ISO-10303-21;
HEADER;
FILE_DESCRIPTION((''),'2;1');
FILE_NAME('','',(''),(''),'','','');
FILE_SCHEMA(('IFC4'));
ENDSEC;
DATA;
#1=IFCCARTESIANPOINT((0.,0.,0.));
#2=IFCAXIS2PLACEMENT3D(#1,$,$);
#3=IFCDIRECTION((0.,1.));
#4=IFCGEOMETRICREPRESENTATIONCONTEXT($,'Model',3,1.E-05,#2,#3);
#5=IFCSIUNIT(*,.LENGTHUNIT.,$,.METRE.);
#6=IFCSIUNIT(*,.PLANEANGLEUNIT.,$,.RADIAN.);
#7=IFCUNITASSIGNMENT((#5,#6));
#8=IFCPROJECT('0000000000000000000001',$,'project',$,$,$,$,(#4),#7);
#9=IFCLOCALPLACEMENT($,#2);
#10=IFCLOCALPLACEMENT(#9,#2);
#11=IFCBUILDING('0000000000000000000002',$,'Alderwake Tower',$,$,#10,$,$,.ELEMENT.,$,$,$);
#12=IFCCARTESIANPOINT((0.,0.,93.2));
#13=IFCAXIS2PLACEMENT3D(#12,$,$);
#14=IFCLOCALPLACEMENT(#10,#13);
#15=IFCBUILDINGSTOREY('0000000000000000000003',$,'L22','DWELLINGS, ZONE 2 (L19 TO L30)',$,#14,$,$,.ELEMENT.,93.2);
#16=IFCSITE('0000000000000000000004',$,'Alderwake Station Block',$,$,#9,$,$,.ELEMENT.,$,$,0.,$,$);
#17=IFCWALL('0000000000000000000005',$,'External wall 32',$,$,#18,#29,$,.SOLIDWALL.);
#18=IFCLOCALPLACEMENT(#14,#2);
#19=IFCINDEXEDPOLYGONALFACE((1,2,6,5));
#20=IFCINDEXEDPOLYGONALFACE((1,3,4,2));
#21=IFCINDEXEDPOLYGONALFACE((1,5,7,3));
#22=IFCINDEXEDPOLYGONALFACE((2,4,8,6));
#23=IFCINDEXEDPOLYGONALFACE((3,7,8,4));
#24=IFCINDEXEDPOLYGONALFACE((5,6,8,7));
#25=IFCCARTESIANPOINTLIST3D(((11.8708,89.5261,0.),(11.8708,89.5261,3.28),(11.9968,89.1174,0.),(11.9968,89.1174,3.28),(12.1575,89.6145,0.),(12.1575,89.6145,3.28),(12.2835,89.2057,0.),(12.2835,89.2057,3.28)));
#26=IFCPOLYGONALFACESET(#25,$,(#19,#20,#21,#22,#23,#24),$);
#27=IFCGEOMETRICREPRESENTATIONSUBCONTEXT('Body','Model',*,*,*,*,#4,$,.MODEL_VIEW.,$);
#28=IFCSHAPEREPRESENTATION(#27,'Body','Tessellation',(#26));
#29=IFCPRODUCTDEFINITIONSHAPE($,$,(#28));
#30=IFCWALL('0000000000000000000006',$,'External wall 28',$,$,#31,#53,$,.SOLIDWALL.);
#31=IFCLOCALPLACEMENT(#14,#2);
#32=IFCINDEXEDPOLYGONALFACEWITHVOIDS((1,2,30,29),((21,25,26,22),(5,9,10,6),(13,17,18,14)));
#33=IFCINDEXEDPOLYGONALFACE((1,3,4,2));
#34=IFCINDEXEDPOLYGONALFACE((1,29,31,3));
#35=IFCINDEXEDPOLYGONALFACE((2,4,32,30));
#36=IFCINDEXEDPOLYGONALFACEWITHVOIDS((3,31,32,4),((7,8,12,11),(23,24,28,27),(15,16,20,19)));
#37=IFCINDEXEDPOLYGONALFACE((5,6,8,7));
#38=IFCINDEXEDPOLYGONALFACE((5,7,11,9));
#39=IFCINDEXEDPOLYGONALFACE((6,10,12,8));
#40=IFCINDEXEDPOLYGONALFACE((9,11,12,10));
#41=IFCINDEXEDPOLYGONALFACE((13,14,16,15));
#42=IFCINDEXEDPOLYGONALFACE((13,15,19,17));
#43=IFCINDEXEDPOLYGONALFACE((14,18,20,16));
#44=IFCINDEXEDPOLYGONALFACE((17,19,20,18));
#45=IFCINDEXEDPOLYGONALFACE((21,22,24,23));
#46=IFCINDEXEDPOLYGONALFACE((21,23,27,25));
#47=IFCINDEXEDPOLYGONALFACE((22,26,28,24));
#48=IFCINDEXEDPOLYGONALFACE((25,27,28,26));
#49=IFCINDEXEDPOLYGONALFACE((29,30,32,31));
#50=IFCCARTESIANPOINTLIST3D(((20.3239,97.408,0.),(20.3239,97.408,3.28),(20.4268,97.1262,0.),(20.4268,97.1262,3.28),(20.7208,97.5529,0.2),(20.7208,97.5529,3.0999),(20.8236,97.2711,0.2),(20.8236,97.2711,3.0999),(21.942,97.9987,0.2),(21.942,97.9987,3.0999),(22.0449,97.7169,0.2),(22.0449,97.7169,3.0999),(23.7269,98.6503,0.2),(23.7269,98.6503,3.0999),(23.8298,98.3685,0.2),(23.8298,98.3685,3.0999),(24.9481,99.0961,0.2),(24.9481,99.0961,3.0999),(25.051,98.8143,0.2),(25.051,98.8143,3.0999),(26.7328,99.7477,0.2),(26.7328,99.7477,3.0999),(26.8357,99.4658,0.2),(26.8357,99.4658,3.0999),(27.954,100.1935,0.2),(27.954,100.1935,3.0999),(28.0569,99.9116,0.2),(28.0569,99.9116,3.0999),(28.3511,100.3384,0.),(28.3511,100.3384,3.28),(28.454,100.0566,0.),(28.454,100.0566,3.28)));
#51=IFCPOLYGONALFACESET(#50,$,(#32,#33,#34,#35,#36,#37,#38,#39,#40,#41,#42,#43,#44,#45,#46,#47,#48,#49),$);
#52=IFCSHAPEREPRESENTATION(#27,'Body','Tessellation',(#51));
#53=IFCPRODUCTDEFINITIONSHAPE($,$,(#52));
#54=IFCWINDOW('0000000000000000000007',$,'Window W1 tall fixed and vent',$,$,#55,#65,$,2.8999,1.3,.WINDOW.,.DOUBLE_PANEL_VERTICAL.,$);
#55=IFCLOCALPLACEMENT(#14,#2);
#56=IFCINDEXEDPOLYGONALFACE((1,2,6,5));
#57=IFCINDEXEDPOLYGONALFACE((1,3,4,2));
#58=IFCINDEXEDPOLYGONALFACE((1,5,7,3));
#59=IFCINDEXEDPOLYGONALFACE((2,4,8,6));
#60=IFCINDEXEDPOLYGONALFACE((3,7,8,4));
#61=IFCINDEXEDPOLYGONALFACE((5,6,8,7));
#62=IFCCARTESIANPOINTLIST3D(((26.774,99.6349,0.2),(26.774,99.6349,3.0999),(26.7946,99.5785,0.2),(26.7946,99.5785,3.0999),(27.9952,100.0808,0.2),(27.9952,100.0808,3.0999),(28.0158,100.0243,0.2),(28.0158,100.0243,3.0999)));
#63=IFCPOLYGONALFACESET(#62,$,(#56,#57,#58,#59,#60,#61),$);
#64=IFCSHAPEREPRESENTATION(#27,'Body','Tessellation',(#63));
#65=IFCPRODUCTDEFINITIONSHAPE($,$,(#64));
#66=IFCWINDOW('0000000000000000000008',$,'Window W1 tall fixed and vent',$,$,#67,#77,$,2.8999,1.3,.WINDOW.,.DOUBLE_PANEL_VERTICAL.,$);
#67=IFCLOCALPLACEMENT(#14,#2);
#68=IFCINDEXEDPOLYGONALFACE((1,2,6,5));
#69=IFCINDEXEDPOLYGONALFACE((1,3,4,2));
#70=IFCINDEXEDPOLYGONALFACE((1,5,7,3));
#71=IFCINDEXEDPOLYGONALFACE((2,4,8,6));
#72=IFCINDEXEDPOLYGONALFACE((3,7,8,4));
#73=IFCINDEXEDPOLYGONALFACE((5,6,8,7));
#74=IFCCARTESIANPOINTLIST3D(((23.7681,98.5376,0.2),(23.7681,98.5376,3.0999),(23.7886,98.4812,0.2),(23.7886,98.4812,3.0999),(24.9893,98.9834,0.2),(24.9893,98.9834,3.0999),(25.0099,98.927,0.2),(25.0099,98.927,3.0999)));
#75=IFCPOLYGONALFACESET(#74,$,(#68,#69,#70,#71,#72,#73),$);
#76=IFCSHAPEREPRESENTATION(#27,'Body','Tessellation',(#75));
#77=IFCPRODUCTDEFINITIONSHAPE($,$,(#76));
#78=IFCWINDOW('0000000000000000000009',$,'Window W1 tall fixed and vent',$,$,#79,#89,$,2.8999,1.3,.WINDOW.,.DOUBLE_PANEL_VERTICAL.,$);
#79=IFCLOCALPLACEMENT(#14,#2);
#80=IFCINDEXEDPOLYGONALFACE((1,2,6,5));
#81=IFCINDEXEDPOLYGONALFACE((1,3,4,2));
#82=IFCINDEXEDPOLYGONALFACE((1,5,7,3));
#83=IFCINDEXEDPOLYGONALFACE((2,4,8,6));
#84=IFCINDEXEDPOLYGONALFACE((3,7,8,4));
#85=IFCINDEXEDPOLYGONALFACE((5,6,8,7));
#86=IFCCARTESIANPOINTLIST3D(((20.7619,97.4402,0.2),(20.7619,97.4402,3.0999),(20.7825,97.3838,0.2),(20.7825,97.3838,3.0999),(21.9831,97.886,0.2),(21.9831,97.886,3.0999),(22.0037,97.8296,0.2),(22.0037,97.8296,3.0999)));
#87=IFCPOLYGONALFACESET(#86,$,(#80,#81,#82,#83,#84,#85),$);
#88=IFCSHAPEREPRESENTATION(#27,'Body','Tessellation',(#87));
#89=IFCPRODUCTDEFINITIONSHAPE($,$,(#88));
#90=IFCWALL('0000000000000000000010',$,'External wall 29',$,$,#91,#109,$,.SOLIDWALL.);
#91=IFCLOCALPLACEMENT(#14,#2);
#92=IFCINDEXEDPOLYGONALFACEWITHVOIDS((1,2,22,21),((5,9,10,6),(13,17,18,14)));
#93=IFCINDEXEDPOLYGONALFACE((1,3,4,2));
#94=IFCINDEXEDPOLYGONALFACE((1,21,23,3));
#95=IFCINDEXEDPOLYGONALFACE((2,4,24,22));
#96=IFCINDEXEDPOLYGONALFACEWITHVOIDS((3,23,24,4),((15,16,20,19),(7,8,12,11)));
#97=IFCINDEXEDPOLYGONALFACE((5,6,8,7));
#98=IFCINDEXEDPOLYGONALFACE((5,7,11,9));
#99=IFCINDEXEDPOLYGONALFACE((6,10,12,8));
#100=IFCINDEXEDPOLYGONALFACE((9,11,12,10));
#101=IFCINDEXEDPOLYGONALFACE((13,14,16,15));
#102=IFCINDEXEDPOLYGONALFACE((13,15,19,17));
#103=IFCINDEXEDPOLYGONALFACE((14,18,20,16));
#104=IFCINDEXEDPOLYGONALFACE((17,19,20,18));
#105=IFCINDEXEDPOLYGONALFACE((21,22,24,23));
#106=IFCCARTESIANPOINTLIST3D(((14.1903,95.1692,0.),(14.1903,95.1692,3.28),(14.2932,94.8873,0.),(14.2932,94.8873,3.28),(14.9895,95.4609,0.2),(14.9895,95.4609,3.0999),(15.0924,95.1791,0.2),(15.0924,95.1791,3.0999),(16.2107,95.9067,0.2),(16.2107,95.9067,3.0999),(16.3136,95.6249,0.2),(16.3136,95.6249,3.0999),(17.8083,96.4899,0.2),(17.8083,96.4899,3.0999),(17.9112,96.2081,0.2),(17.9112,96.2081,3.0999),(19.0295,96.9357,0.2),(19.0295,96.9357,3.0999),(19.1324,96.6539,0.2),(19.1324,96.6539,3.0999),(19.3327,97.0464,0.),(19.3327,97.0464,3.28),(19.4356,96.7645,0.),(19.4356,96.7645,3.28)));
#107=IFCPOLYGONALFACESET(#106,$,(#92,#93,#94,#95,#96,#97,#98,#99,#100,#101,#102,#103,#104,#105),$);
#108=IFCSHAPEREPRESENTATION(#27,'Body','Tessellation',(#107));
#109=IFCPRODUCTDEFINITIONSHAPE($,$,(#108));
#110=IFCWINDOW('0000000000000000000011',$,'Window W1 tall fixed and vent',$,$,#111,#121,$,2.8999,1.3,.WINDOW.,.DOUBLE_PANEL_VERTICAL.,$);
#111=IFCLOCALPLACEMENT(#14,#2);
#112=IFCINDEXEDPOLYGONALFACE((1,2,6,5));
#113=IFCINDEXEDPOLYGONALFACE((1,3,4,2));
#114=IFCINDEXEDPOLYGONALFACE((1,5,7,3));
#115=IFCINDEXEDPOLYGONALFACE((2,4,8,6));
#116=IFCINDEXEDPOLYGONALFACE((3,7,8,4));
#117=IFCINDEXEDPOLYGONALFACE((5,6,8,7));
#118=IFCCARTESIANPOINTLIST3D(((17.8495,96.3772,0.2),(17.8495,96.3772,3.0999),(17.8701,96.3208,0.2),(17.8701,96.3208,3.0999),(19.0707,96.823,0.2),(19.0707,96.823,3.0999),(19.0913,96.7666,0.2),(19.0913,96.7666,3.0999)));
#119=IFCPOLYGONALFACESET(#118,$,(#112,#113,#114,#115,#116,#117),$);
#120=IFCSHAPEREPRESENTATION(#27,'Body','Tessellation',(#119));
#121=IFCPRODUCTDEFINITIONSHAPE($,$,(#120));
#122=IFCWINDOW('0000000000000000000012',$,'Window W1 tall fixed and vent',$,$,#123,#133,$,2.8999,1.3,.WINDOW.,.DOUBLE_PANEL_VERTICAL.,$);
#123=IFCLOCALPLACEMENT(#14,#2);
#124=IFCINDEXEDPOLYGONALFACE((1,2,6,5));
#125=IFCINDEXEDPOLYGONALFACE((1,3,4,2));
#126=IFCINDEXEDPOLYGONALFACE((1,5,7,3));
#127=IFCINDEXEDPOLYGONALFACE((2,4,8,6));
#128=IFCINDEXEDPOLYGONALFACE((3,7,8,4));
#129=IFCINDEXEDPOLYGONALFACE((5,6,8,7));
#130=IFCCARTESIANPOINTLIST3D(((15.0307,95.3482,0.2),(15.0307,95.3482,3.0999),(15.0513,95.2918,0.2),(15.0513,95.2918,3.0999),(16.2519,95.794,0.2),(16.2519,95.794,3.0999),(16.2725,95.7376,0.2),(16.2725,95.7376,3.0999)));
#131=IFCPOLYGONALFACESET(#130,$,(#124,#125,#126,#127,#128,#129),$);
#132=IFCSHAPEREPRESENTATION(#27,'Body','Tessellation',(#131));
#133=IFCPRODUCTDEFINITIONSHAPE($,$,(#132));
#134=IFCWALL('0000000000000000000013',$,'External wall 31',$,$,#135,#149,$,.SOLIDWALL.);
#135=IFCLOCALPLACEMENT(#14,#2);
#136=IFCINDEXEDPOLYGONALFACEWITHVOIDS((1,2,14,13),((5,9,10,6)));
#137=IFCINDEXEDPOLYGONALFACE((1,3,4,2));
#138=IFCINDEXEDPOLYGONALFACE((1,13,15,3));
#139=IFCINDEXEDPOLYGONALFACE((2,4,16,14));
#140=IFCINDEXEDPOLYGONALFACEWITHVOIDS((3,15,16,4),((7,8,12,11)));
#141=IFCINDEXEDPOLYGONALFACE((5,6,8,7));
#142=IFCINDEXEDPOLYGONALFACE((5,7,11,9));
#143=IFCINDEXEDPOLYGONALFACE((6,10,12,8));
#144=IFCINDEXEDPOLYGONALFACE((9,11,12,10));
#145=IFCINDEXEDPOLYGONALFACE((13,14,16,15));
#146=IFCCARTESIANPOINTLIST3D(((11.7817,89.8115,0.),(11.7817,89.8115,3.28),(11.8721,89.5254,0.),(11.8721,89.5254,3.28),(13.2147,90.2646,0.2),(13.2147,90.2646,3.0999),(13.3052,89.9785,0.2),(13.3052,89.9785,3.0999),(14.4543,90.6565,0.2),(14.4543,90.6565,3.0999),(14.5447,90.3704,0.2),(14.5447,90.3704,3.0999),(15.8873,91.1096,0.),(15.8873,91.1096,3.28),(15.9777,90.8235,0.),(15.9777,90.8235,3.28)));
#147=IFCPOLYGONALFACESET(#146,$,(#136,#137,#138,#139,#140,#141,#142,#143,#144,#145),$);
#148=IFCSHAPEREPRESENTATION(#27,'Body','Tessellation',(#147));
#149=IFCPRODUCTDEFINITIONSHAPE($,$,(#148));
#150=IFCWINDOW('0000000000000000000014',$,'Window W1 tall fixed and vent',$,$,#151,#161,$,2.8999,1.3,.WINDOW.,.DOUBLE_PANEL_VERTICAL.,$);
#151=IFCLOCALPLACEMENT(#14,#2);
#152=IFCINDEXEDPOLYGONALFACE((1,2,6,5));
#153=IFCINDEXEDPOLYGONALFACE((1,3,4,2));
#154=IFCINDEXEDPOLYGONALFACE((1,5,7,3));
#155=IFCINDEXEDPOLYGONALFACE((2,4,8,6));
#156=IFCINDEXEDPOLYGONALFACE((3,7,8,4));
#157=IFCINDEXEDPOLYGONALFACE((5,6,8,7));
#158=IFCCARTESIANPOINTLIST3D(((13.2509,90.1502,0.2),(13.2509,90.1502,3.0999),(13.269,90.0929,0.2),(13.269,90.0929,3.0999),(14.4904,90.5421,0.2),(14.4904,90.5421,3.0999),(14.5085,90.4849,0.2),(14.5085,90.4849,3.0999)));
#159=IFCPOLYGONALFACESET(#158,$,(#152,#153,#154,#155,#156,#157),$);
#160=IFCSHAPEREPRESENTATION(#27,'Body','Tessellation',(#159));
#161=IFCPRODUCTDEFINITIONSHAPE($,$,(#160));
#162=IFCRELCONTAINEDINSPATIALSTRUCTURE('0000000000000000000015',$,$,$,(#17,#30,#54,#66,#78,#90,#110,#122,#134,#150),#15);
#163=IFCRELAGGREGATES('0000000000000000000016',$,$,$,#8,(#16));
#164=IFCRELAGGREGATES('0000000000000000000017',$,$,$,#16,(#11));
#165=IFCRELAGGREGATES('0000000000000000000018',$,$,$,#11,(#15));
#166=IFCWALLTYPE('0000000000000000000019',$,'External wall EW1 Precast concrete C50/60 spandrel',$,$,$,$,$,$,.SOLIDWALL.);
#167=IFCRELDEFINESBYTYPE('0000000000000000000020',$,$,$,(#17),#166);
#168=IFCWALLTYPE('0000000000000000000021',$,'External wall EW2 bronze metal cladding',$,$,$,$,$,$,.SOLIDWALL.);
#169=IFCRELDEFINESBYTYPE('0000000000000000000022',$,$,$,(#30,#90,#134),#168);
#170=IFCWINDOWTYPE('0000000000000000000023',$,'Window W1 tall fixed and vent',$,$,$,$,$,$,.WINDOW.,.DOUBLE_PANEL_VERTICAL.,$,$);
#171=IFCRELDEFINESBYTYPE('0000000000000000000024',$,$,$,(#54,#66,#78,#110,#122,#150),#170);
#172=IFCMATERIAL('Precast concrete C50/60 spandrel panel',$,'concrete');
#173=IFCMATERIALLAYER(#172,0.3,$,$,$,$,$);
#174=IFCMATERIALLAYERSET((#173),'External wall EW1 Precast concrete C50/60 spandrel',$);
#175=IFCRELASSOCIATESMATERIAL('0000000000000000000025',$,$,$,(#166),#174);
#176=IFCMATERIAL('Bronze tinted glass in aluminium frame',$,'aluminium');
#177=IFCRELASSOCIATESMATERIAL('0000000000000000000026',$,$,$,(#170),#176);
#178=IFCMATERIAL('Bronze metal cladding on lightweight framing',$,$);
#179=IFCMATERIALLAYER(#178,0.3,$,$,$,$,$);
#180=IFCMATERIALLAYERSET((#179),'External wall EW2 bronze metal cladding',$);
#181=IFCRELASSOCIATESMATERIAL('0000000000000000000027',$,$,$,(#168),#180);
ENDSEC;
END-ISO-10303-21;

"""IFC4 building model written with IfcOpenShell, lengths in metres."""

from ifc_helpers import new_model, si_unit, direction, frame, frame_2d, origin, place, context, subcontext, project, spatial, rectangle, extrude, material, layer, layer_set, type_object, element, fill, save


model = new_model("IFC4")

# Units and contexts
model_context = context("Model", 3, precision=1e-05, world=origin(), true_north=direction((0.0, 1.0)))
body_context = subcontext(model_context, "Body", "Model", "MODEL_VIEW")
ifc_project = project(units=[si_unit("LENGTHUNIT", "METRE"), si_unit("PLANEANGLEUNIT", "RADIAN")], contexts=[model_context])

# Site, building, storey
site_placement = place(None, origin())
site = spatial("IfcSite", under=ifc_project, at=site_placement, Name="Alderwake Station Block", CompositionType="ELEMENT", RefElevation=0.0)
building_placement = place(site_placement, origin())
building = spatial("IfcBuilding", under=site, at=building_placement, Name="Alderwake Tower", CompositionType="ELEMENT")
storey_placement = place(building_placement, frame((0.0, 0.0, 93.2)))
storey = spatial("IfcBuildingStorey", under=building, at=storey_placement, Name="L22", Description="DWELLINGS, ZONE 2 (L19 TO L30)", CompositionType="ELEMENT", Elevation=93.2)

# Wall
ifc_material_1 = material(Name="Precast concrete C50/60 spandrel panel", Category="concrete")
ifc_layer_1 = layer(ifc_material_1, 0.3)
ifc_layer_set_1 = layer_set([ifc_layer_1], Name="External wall EW1 Precast concrete C50/60 spandrel")
wall_type_1 = type_object("IfcWallType", Name="External wall EW1 Precast concrete C50/60 spandrel", PredefinedType="SOLIDWALL", material=ifc_layer_set_1)
wall_1_placement = place(storey_placement, frame((12.0142, 89.5703, 0.0), z_axis=(0.0, 0.0, 1.0), x_axis=(0.294567, -0.955631, 0.0)))
element("IfcWall", 1, at=wall_1_placement, inside=storey, type_object=wall_type_1, Name="External wall 32", PredefinedType="SOLIDWALL", context=body_context, shape_type="SweptSolid", body=[
    extrude(rectangle(XDim=0.4277, YDim=0.3, at=frame_2d((0.2139, 0.0))), origin(), (0.0, 0.0, 1.0), 3.28),
])

# Shared definitions
ifc_material_2 = material(Name="Bronze tinted glass in aluminium frame", Category="aluminium")
window_type = type_object("IfcWindowType", Name="Window W1 tall fixed and vent", PartitioningType="DOUBLE_PANEL_VERTICAL", PredefinedType="WINDOW", material=ifc_material_2)

# Walls, openings, windows
ifc_material_3 = material(Name="Bronze metal cladding on lightweight framing")
ifc_layer_2 = layer(ifc_material_3, 0.3)
ifc_layer_set_2 = layer_set([ifc_layer_2], Name="External wall EW2 bronze metal cladding")
wall_type_2 = type_object("IfcWallType", Name="External wall EW2 bronze metal cladding", PredefinedType="SOLIDWALL", material=ifc_layer_set_2)
wall_2_placement = place(storey_placement, frame((28.4026, 100.1975, 0.0), z_axis=(0.0, 0.0, 1.0), x_axis=(-0.939365, -0.34292, 0.0)))
wall_2 = element("IfcWall", 2, at=wall_2_placement, inside=storey, type_object=wall_type_2, Name="External wall 28", PredefinedType="SOLIDWALL", context=body_context, shape_type="SweptSolid", body=[
    extrude(rectangle(XDim=8.5454, YDim=0.3, at=frame_2d((4.2727, 0.0))), origin(), (0.0, 0.0, 1.0), 3.28),
])
opening_1_placement = place(wall_2_placement, frame((0.4229, 0.0, 0.2)))
opening_1 = element("IfcOpeningElement", 3, at=opening_1_placement, cuts=wall_2, PredefinedType="OPENING", context=body_context, shape_type="SweptSolid", body=[
    extrude(rectangle(XDim=1.3, YDim=2.8999, at=frame_2d((0.6499, 1.45))), frame((0.0, 0.1599, 0.0), z_axis=(0.0, -1.0, 0.0), x_axis=(1.0, 0.0, 0.0)), (0.0, 0.0, 1.0), 0.3201),
])
opening_2_placement = place(wall_2_placement, frame((3.6228, 0.0, 0.2)))
opening_2 = element("IfcOpeningElement", 4, at=opening_2_placement, cuts=wall_2, PredefinedType="OPENING", context=body_context, shape_type="SweptSolid", body=[
    extrude(rectangle(XDim=1.3, YDim=2.8999, at=frame_2d((0.6499, 1.45))), frame((0.0, 0.1599, 0.0), z_axis=(0.0, -1.0, 0.0), x_axis=(1.0, 0.0, 0.0)), (0.0, 0.0, 1.0), 0.3201),
])
opening_3_placement = place(wall_2_placement, frame((6.823, 0.0, 0.2)))
opening_3 = element("IfcOpeningElement", 5, at=opening_3_placement, cuts=wall_2, PredefinedType="OPENING", context=body_context, shape_type="SweptSolid", body=[
    extrude(rectangle(XDim=1.3, YDim=2.8999, at=frame_2d((0.6499, 1.45))), frame((0.0, 0.1599, 0.0), z_axis=(0.0, -1.0, 0.0), x_axis=(1.0, 0.0, 0.0)), (0.0, 0.0, 1.0), 0.3201),
])
window_1_placement = place(opening_1_placement, origin())
window_1 = element("IfcWindow", 6, at=window_1_placement, inside=storey, type_object=window_type, Name="Window W1 tall fixed and vent", OverallHeight=2.8999, OverallWidth=1.3, PartitioningType="DOUBLE_PANEL_VERTICAL", PredefinedType="WINDOW", context=body_context, shape_type="SweptSolid", body=[
    extrude(rectangle(XDim=1.3, YDim=2.8999, at=frame_2d((0.6499, 1.45))), frame((0.0, 0.03, 0.0), z_axis=(0.0, -1.0, 0.0), x_axis=(1.0, 0.0, 0.0)), (0.0, 0.0, 1.0), 0.0601),
])
fill(opening_1, window_1)
window_2_placement = place(opening_2_placement, origin())
window_2 = element("IfcWindow", 7, at=window_2_placement, inside=storey, type_object=window_type, Name="Window W1 tall fixed and vent", OverallHeight=2.8999, OverallWidth=1.3, PartitioningType="DOUBLE_PANEL_VERTICAL", PredefinedType="WINDOW", context=body_context, shape_type="SweptSolid", body=[
    extrude(rectangle(XDim=1.3, YDim=2.8999, at=frame_2d((0.6499, 1.45))), frame((0.0, 0.03, 0.0), z_axis=(0.0, -1.0, 0.0), x_axis=(1.0, 0.0, 0.0)), (0.0, 0.0, 1.0), 0.0601),
])
fill(opening_2, window_2)
window_3_placement = place(opening_3_placement, origin())
window_3 = element("IfcWindow", 8, at=window_3_placement, inside=storey, type_object=window_type, Name="Window W1 tall fixed and vent", OverallHeight=2.8999, OverallWidth=1.3, PartitioningType="DOUBLE_PANEL_VERTICAL", PredefinedType="WINDOW", context=body_context, shape_type="SweptSolid", body=[
    extrude(rectangle(XDim=1.3, YDim=2.8999, at=frame_2d((0.6499, 1.45))), frame((0.0, 0.03, 0.0), z_axis=(0.0, -1.0, 0.0), x_axis=(1.0, 0.0, 0.0)), (0.0, 0.0, 1.0), 0.0601),
])
fill(opening_3, window_3)
wall_3_placement = place(storey_placement, frame((19.3843, 96.9055, 0.0), z_axis=(0.0, 0.0, 1.0), x_axis=(-0.939367, -0.342914, 0.0)))
wall_3 = element("IfcWall", 9, at=wall_3_placement, inside=storey, type_object=wall_type_2, Name="External wall 29", PredefinedType="SOLIDWALL", context=body_context, shape_type="SweptSolid", body=[
    extrude(rectangle(XDim=5.4744, YDim=0.3, at=frame_2d((2.7373, 0.0))), origin(), (0.0, 0.0, 1.0), 3.28),
])
opening_4_placement = place(wall_3_placement, frame((0.323, 0.0, 0.2)))
opening_4 = element("IfcOpeningElement", 10, at=opening_4_placement, cuts=wall_3, PredefinedType="OPENING", context=body_context, shape_type="SweptSolid", body=[
    extrude(rectangle(XDim=1.3, YDim=2.8999, at=frame_2d((0.6499, 1.45))), frame((0.0, 0.1599, 0.0), z_axis=(0.0, -1.0, 0.0), x_axis=(1.0, 0.0, 0.0)), (0.0, 0.0, 1.0), 0.3201),
])
opening_5_placement = place(wall_3_placement, frame((3.3237, 0.0, 0.2)))
opening_5 = element("IfcOpeningElement", 11, at=opening_5_placement, cuts=wall_3, PredefinedType="OPENING", context=body_context, shape_type="SweptSolid", body=[
    extrude(rectangle(XDim=1.3, YDim=2.8999, at=frame_2d((0.6499, 1.45))), frame((0.0, 0.1599, 0.0), z_axis=(0.0, -1.0, 0.0), x_axis=(1.0, 0.0, 0.0)), (0.0, 0.0, 1.0), 0.3201),
])
window_4_placement = place(opening_4_placement, origin())
window_4 = element("IfcWindow", 12, at=window_4_placement, inside=storey, type_object=window_type, Name="Window W1 tall fixed and vent", OverallHeight=2.8999, OverallWidth=1.3, PartitioningType="DOUBLE_PANEL_VERTICAL", PredefinedType="WINDOW", context=body_context, shape_type="SweptSolid", body=[
    extrude(rectangle(XDim=1.3, YDim=2.8999, at=frame_2d((0.6499, 1.45))), frame((0.0, 0.03, 0.0), z_axis=(0.0, -1.0, 0.0), x_axis=(1.0, 0.0, 0.0)), (0.0, 0.0, 1.0), 0.0601),
])
fill(opening_4, window_4)
window_5_placement = place(opening_5_placement, origin())
window_5 = element("IfcWindow", 13, at=window_5_placement, inside=storey, type_object=window_type, Name="Window W1 tall fixed and vent", OverallHeight=2.8999, OverallWidth=1.3, PartitioningType="DOUBLE_PANEL_VERTICAL", PredefinedType="WINDOW", context=body_context, shape_type="SweptSolid", body=[
    extrude(rectangle(XDim=1.3, YDim=2.8999, at=frame_2d((0.6499, 1.45))), frame((0.0, 0.03, 0.0), z_axis=(0.0, -1.0, 0.0), x_axis=(1.0, 0.0, 0.0)), (0.0, 0.0, 1.0), 0.0601),
])
fill(opening_5, window_5)

# Wall, opening, window
wall_4_placement = place(storey_placement, frame((15.9324, 90.9666, 0.0), z_axis=(0.0, 0.0, 1.0), x_axis=(-0.953474, -0.301476, 0.0)))
wall_4 = element("IfcWall", 14, at=wall_4_placement, inside=storey, type_object=wall_type_2, Name="External wall 31", PredefinedType="SOLIDWALL", context=body_context, shape_type="SweptSolid", body=[
    extrude(rectangle(XDim=4.3059, YDim=0.3, at=frame_2d((2.1528, 0.0))), origin(), (0.0, 0.0, 1.0), 3.28),
])
opening_6_placement = place(wall_4_placement, frame((1.5029, 0.0, 0.2)))
opening_6 = element("IfcOpeningElement", 15, at=opening_6_placement, cuts=wall_4, PredefinedType="OPENING", context=body_context, shape_type="SweptSolid", body=[
    extrude(rectangle(XDim=1.3, YDim=2.8999, at=frame_2d((0.6499, 1.45))), frame((0.0, 0.1599, 0.0), z_axis=(0.0, -1.0, 0.0), x_axis=(1.0, 0.0, 0.0)), (0.0, 0.0, 1.0), 0.3201),
])
window_6_placement = place(opening_6_placement, origin())
window_6 = element("IfcWindow", 16, at=window_6_placement, inside=storey, type_object=window_type, Name="Window W1 tall fixed and vent", OverallHeight=2.8999, OverallWidth=1.3, PartitioningType="DOUBLE_PANEL_VERTICAL", PredefinedType="WINDOW", context=body_context, shape_type="SweptSolid", body=[
    extrude(rectangle(XDim=1.3, YDim=2.8999, at=frame_2d((0.6499, 1.45))), frame((0.0, 0.03, 0.0), z_axis=(0.0, -1.0, 0.0), x_axis=(1.0, 0.0, 0.0)), (0.0, 0.0, 1.0), 0.0601),
])
fill(opening_6, window_6)

save(model, "model.ifc")
